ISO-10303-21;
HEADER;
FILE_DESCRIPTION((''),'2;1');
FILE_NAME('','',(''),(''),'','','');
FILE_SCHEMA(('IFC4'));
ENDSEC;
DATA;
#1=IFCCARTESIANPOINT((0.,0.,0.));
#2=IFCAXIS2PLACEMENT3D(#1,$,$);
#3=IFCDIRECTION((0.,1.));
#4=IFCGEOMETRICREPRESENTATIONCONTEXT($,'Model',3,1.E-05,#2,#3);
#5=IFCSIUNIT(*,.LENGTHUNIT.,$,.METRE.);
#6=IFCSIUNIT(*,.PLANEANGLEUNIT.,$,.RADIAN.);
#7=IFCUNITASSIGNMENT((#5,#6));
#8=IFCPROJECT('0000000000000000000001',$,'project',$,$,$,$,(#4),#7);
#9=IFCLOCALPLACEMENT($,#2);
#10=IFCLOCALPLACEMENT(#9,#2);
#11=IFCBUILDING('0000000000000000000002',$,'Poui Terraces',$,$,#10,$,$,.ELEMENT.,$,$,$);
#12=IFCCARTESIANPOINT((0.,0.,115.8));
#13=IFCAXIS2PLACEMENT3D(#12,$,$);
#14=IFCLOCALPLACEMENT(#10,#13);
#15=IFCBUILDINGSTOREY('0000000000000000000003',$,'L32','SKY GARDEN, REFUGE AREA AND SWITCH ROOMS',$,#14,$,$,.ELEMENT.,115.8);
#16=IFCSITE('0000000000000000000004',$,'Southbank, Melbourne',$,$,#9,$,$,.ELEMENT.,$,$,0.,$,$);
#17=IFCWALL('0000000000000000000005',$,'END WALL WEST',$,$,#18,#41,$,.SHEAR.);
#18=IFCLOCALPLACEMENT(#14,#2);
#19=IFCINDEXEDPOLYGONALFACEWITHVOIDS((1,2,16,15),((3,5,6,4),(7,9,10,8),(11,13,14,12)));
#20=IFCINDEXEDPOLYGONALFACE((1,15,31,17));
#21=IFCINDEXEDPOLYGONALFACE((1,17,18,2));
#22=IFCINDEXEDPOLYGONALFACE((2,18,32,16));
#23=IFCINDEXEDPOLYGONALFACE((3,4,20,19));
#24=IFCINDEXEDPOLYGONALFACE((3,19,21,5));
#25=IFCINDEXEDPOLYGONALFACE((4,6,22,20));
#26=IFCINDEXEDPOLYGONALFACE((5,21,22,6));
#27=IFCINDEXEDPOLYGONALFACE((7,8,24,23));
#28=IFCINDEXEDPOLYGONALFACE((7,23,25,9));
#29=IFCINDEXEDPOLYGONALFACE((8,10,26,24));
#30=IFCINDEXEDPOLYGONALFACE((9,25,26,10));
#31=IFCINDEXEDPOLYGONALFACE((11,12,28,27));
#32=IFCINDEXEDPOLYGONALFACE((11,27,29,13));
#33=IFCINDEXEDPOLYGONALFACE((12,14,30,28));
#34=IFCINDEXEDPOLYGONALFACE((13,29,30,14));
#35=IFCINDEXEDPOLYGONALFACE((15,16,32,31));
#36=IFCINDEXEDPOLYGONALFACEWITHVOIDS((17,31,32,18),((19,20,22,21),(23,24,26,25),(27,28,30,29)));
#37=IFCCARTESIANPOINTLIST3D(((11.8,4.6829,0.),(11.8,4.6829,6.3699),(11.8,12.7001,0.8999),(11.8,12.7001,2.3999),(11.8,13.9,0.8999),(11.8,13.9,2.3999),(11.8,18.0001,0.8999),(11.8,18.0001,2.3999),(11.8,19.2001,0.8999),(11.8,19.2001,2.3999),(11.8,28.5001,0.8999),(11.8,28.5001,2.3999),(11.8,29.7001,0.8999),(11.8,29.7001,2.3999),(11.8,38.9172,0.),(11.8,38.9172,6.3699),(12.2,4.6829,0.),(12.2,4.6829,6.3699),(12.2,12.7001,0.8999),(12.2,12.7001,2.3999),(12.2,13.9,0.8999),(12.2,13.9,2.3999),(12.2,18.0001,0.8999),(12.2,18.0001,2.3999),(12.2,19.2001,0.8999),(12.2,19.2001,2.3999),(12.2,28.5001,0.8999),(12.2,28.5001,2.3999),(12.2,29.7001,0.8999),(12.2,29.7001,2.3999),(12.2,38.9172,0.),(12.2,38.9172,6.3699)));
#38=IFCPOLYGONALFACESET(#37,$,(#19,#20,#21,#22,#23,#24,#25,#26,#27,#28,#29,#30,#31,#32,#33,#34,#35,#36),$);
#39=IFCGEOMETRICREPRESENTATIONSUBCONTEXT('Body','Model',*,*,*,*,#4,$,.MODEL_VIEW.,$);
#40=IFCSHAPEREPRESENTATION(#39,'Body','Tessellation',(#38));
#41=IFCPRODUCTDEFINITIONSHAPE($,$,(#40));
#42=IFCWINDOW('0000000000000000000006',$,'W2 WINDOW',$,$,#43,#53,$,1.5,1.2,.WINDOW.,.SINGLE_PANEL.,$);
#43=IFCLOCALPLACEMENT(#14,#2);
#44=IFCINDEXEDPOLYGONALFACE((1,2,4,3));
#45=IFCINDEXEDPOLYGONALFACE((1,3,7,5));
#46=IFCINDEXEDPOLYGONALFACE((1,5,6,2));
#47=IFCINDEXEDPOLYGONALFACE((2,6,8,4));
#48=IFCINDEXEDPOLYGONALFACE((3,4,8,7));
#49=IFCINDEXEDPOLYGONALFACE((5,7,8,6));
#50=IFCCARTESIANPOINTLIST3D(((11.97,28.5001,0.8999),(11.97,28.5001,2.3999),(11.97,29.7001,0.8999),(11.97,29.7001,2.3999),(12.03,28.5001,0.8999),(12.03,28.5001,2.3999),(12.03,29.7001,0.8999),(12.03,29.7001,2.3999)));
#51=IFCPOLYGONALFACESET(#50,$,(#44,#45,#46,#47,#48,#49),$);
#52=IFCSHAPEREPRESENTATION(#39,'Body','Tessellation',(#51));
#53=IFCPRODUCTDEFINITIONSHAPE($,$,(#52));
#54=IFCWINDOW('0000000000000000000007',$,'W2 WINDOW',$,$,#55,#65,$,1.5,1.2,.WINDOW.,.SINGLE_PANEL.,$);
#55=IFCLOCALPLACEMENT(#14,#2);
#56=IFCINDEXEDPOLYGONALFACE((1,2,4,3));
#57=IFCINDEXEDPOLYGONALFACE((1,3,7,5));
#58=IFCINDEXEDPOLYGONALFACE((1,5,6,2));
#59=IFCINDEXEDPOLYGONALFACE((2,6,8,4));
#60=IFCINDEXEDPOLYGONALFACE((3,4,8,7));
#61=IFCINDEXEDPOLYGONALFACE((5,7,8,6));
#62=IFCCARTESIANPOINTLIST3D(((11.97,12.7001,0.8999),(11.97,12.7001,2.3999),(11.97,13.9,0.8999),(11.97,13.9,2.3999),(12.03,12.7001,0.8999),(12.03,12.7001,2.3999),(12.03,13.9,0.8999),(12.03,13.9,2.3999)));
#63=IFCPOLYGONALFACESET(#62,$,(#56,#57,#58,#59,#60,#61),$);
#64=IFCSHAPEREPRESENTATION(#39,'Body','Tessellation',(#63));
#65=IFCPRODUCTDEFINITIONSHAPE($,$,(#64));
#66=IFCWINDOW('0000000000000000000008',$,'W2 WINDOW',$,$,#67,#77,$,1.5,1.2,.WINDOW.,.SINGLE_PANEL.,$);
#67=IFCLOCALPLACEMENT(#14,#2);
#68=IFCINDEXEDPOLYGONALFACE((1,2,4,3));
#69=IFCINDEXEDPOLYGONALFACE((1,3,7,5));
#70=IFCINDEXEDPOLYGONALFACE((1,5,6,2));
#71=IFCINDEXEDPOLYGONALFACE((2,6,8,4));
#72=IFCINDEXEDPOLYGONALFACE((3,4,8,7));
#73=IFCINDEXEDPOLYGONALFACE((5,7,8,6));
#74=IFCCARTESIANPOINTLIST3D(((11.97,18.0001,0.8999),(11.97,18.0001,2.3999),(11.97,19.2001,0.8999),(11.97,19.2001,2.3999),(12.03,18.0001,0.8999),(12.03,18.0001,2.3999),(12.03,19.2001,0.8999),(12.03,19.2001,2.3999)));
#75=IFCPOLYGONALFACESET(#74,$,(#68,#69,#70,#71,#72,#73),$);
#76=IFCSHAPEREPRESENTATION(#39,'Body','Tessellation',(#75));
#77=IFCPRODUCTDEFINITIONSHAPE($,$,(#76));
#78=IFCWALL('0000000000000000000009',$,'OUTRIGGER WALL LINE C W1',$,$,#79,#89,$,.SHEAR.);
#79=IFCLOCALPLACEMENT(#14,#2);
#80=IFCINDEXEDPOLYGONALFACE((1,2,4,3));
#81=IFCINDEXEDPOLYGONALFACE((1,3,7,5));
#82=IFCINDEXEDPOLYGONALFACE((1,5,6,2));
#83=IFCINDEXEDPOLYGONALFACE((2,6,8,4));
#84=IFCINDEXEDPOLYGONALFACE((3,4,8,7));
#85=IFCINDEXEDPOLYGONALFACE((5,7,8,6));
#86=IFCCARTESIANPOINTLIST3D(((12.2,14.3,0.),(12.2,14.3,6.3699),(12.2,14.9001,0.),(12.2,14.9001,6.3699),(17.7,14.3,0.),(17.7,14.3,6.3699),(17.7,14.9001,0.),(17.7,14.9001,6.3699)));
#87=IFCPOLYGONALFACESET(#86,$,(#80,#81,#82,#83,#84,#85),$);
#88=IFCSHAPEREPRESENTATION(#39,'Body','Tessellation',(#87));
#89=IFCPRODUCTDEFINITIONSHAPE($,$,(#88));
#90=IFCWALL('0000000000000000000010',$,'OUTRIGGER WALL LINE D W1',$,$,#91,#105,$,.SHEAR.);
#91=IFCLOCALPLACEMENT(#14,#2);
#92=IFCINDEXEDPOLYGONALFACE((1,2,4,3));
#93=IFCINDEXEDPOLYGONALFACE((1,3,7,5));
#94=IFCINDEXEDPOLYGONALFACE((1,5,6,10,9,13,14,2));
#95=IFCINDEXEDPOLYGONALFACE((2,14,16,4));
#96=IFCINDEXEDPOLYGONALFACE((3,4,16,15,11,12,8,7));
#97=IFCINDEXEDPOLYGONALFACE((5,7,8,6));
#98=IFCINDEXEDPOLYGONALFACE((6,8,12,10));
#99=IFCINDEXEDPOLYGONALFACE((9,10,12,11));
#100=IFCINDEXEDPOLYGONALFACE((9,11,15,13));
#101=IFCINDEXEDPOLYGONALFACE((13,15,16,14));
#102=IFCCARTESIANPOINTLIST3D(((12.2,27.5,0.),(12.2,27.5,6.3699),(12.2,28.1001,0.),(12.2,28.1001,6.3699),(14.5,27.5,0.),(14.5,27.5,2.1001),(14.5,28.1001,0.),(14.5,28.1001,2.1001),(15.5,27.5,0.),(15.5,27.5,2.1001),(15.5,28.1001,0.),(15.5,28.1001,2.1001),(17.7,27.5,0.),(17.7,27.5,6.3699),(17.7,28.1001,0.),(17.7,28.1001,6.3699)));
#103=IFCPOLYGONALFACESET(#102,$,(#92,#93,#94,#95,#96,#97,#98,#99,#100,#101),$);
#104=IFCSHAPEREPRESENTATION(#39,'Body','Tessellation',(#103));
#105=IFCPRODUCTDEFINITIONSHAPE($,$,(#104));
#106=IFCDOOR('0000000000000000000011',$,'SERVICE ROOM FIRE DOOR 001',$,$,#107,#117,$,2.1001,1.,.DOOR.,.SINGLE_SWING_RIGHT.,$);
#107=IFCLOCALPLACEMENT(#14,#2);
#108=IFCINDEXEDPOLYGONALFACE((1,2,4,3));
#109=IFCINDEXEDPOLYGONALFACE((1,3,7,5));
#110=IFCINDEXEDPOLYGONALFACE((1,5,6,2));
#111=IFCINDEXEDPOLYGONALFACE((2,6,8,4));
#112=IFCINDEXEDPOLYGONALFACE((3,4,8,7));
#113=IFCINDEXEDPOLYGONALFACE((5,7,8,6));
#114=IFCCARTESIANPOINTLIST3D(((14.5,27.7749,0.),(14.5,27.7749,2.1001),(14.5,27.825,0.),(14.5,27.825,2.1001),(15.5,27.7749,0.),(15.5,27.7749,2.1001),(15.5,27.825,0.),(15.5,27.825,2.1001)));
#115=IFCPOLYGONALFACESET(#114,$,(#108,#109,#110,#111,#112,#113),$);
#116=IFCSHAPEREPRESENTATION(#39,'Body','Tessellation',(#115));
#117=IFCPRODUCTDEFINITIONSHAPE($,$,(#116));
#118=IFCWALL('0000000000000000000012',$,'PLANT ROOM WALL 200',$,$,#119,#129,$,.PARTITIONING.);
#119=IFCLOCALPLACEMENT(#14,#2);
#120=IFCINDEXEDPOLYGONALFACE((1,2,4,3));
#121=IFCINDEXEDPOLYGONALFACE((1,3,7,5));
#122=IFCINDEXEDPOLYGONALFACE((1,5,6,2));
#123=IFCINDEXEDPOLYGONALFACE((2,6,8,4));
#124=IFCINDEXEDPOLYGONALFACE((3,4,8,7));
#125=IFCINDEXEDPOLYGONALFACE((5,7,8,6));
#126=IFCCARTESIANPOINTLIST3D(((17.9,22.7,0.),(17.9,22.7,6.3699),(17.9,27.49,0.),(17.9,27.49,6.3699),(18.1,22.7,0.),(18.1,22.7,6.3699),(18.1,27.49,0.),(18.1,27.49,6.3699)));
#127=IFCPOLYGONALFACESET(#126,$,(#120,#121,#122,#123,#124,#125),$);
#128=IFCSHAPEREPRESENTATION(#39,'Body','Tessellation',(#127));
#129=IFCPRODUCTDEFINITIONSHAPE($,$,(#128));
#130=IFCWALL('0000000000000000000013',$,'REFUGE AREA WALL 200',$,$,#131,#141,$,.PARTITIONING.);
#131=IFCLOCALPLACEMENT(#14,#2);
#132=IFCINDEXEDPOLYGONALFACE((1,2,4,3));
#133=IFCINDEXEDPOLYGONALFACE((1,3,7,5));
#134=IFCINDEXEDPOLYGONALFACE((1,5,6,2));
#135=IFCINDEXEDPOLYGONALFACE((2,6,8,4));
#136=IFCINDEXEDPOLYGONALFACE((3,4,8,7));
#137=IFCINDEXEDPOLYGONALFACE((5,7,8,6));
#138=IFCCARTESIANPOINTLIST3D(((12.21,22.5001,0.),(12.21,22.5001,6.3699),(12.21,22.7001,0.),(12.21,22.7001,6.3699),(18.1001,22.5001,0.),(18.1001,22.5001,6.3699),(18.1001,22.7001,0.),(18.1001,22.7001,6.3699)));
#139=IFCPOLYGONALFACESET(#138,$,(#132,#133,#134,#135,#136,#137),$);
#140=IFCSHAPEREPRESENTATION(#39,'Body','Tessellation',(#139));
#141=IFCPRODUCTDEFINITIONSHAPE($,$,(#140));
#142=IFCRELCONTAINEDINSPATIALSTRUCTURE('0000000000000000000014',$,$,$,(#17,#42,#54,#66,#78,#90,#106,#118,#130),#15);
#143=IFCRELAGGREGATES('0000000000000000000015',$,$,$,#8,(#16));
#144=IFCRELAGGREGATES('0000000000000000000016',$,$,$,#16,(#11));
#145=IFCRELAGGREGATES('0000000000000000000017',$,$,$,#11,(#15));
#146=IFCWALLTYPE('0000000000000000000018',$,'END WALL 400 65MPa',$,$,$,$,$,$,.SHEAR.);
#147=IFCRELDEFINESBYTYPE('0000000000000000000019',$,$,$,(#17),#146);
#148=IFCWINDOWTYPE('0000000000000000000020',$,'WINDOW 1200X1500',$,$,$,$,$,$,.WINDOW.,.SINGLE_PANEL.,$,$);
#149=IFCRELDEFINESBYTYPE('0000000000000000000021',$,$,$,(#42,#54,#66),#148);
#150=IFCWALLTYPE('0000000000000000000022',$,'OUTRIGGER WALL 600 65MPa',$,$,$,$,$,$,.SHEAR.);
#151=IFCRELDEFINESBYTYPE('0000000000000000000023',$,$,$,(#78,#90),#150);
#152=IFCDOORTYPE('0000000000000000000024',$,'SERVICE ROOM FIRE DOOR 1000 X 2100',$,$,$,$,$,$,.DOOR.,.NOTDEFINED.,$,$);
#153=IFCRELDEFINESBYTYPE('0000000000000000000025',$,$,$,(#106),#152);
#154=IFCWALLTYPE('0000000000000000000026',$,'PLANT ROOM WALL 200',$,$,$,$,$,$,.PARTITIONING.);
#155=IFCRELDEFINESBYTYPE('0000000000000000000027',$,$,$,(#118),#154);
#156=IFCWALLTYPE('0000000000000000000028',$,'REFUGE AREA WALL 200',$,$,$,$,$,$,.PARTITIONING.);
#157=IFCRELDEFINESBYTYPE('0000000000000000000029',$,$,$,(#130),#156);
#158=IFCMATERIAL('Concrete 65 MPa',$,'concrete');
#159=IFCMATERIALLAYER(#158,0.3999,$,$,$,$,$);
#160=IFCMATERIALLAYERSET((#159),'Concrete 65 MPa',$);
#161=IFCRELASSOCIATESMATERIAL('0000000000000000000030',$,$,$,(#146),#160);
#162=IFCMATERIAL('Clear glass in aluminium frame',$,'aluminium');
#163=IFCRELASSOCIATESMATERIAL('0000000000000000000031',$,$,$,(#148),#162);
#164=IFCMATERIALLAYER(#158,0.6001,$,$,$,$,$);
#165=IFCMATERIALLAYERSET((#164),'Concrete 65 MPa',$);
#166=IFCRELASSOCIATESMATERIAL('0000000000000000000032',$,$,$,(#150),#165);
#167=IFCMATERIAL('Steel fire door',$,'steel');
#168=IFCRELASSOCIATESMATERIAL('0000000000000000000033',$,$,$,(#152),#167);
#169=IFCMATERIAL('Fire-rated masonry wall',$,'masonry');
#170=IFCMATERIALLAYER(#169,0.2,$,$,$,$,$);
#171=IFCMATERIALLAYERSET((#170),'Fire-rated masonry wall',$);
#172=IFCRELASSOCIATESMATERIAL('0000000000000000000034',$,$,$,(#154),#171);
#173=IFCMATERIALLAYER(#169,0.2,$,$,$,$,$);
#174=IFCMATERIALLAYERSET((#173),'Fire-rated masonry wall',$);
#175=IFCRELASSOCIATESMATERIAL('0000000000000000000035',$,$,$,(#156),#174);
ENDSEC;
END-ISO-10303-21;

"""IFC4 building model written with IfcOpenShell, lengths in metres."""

from ifc_helpers import new_model, si_unit, direction, frame, frame_2d, origin, place, context, subcontext, project, spatial, rectangle, extrude, material, layer, layer_set, type_object, element, fill, save


model = new_model("IFC4")

# Units and contexts
model_context = context("Model", 3, precision=1e-05, world=origin(), true_north=direction((0.0, 1.0)))
body_context = subcontext(model_context, "Body", "Model", "MODEL_VIEW")
ifc_project = project(units=[si_unit("LENGTHUNIT", "METRE"), si_unit("PLANEANGLEUNIT", "RADIAN")], contexts=[model_context])

# Site, building, storey
site_placement = place(None, origin())
site = spatial("IfcSite", under=ifc_project, at=site_placement, Name="Southbank, Melbourne", CompositionType="ELEMENT", RefElevation=0.0)
building_placement = place(site_placement, origin())
building = spatial("IfcBuilding", under=site, at=building_placement, Name="Poui Terraces", CompositionType="ELEMENT")
storey_placement = place(building_placement, frame((0.0, 0.0, 115.8)))
storey = spatial("IfcBuildingStorey", under=building, at=storey_placement, Name="L32", Description="SKY GARDEN, REFUGE AREA AND SWITCH ROOMS", CompositionType="ELEMENT", Elevation=115.8)

# Shared definitions
ifc_material_1 = material(Name="Concrete 65 MPa", Category="concrete")

# Shared definitions
ifc_material_2 = material(Name="Steel fire door", Category="steel")

# Wall, openings, windows
ifc_layer_1 = layer(ifc_material_1, 0.3999)
ifc_layer_set_1 = layer_set([ifc_layer_1], Name="Concrete 65 MPa")
wall_type_1 = type_object("IfcWallType", Name="END WALL 400 65MPa", PredefinedType="SHEAR", material=ifc_layer_set_1)
wall_1_placement = place(storey_placement, frame((12.0, 4.6829, 0.0), z_axis=(0.0, 0.0, 1.0), x_axis=(0.0, 1.0, 0.0)))
wall_1 = element("IfcWall", 1, at=wall_1_placement, inside=storey, type_object=wall_type_1, Name="END WALL WEST", PredefinedType="SHEAR", context=body_context, shape_type="SweptSolid", body=[
    extrude(rectangle(XDim=34.2344, YDim=0.3999, at=frame_2d((17.1172, 0.0))), origin(), (0.0, 0.0, 1.0), 6.3699),
])
opening_1_placement = place(wall_1_placement, frame((23.8171, 0.0, 0.8999)))
opening_1 = element("IfcOpeningElement", 2, at=opening_1_placement, cuts=wall_1, PredefinedType="OPENING", context=body_context, shape_type="SweptSolid", body=[
    extrude(rectangle(XDim=1.2, YDim=1.5, at=frame_2d((0.6001, 0.75))), frame((0.0, 0.21, 0.0), z_axis=(0.0, -1.0, 0.0), x_axis=(1.0, 0.0, 0.0)), (0.0, 0.0, 1.0), 0.4199),
])
opening_2_placement = place(wall_1_placement, frame((8.0171, 0.0, 0.8999)))
opening_2 = element("IfcOpeningElement", 3, at=opening_2_placement, cuts=wall_1, PredefinedType="OPENING", context=body_context, shape_type="SweptSolid", body=[
    extrude(rectangle(XDim=1.2, YDim=1.5, at=frame_2d((0.6001, 0.75))), frame((0.0, 0.21, 0.0), z_axis=(0.0, -1.0, 0.0), x_axis=(1.0, 0.0, 0.0)), (0.0, 0.0, 1.0), 0.4199),
])
opening_3_placement = place(wall_1_placement, frame((13.3171, 0.0, 0.8999)))
opening_3 = element("IfcOpeningElement", 4, at=opening_3_placement, cuts=wall_1, PredefinedType="OPENING", context=body_context, shape_type="SweptSolid", body=[
    extrude(rectangle(XDim=1.2, YDim=1.5, at=frame_2d((0.6001, 0.75))), frame((0.0, 0.21, 0.0), z_axis=(0.0, -1.0, 0.0), x_axis=(1.0, 0.0, 0.0)), (0.0, 0.0, 1.0), 0.4199),
])
ifc_material_3 = material(Name="Clear glass in aluminium frame", Category="aluminium")
window_type = type_object("IfcWindowType", Name="WINDOW 1200X1500", PartitioningType="SINGLE_PANEL", PredefinedType="WINDOW", material=ifc_material_3)
window_1_placement = place(opening_1_placement, origin())
window_1 = element("IfcWindow", 5, at=window_1_placement, inside=storey, type_object=window_type, Name="W2 WINDOW", OverallHeight=1.5, OverallWidth=1.2, PartitioningType="SINGLE_PANEL", PredefinedType="WINDOW", context=body_context, shape_type="SweptSolid", body=[
    extrude(rectangle(XDim=1.2, YDim=1.5, at=frame_2d((0.6001, 0.75))), frame((0.0, 0.03, 0.0), z_axis=(0.0, -1.0, 0.0), x_axis=(1.0, 0.0, 0.0)), (0.0, 0.0, 1.0), 0.0601),
])
fill(opening_1, window_1)
window_2_placement = place(opening_2_placement, origin())
window_2 = element("IfcWindow", 6, at=window_2_placement, inside=storey, type_object=window_type, Name="W2 WINDOW", OverallHeight=1.5, OverallWidth=1.2, PartitioningType="SINGLE_PANEL", PredefinedType="WINDOW", context=body_context, shape_type="SweptSolid", body=[
    extrude(rectangle(XDim=1.2, YDim=1.5, at=frame_2d((0.6001, 0.75))), frame((0.0, 0.03, 0.0), z_axis=(0.0, -1.0, 0.0), x_axis=(1.0, 0.0, 0.0)), (0.0, 0.0, 1.0), 0.0601),
])
fill(opening_2, window_2)
window_3_placement = place(opening_3_placement, origin())
window_3 = element("IfcWindow", 7, at=window_3_placement, inside=storey, type_object=window_type, Name="W2 WINDOW", OverallHeight=1.5, OverallWidth=1.2, PartitioningType="SINGLE_PANEL", PredefinedType="WINDOW", context=body_context, shape_type="SweptSolid", body=[
    extrude(rectangle(XDim=1.2, YDim=1.5, at=frame_2d((0.6001, 0.75))), frame((0.0, 0.03, 0.0), z_axis=(0.0, -1.0, 0.0), x_axis=(1.0, 0.0, 0.0)), (0.0, 0.0, 1.0), 0.0601),
])
fill(opening_3, window_3)

# Wall
ifc_layer_2 = layer(ifc_material_1, 0.6001)
ifc_layer_set_2 = layer_set([ifc_layer_2], Name="Concrete 65 MPa")
wall_type_2 = type_object("IfcWallType", Name="OUTRIGGER WALL 600 65MPa", PredefinedType="SHEAR", material=ifc_layer_set_2)
wall_2_placement = place(storey_placement, frame((12.2, 14.6001, 0.0), z_axis=(0.0, 0.0, 1.0), x_axis=(1.0, 0.0, 0.0)))
element("IfcWall", 8, at=wall_2_placement, inside=storey, type_object=wall_type_2, Name="OUTRIGGER WALL LINE C W1", PredefinedType="SHEAR", context=body_context, shape_type="SweptSolid", body=[
    extrude(rectangle(XDim=5.5, YDim=0.6001, at=frame_2d((2.75, 0.0))), origin(), (0.0, 0.0, 1.0), 6.3699),
])

# Wall, opening, door
wall_3_placement = place(storey_placement, frame((12.2, 27.8, 0.0), z_axis=(0.0, 0.0, 1.0), x_axis=(1.0, 0.0, 0.0)))
wall_3 = element("IfcWall", 9, at=wall_3_placement, inside=storey, type_object=wall_type_2, Name="OUTRIGGER WALL LINE D W1", PredefinedType="SHEAR", context=body_context, shape_type="SweptSolid", body=[
    extrude(rectangle(XDim=5.5, YDim=0.6001, at=frame_2d((2.75, 0.0))), origin(), (0.0, 0.0, 1.0), 6.3699),
])
opening_4_placement = place(wall_3_placement, frame((2.3, 0.0, 0.0)))
opening_4 = element("IfcOpeningElement", 10, at=opening_4_placement, cuts=wall_3, PredefinedType="OPENING", context=body_context, shape_type="SweptSolid", body=[
    extrude(rectangle(XDim=1.0, YDim=2.1001, at=frame_2d((0.5, 1.05))), frame((0.0, 0.3101, 0.0), z_axis=(0.0, -1.0, 0.0), x_axis=(1.0, 0.0, 0.0)), (0.0, 0.0, 1.0), 0.6201),
])
door_type_1 = type_object("IfcDoorType", Name="SERVICE ROOM FIRE DOOR 1000 X 2100", OperationType="NOTDEFINED", PredefinedType="DOOR", material=ifc_material_2)
door_1_placement = place(opening_4_placement, origin())
door_1 = element("IfcDoor", 11, at=door_1_placement, inside=storey, type_object=door_type_1, Name="SERVICE ROOM FIRE DOOR 001", OperationType="SINGLE_SWING_RIGHT", OverallHeight=2.1001, OverallWidth=1.0, PredefinedType="DOOR", context=body_context, shape_type="SweptSolid", body=[
    extrude(rectangle(XDim=1.0, YDim=2.1001, at=frame_2d((0.5, 1.05))), frame((0.0, 0.0249, 0.0), z_axis=(0.0, -1.0, 0.0), x_axis=(1.0, 0.0, 0.0)), (0.0, 0.0, 1.0), 0.05),
])
fill(opening_4, door_1)

# Walls
ifc_material_4 = material(Name="Fire-rated masonry wall", Category="masonry")
ifc_layer_3 = layer(ifc_material_4, 0.2)
ifc_layer_set_3 = layer_set([ifc_layer_3], Name="Fire-rated masonry wall")
wall_type_3 = type_object("IfcWallType", Name="PLANT ROOM WALL 200", PredefinedType="PARTITIONING", material=ifc_layer_set_3)
wall_4_placement = place(storey_placement, frame((18.0, 22.7, 0.0), z_axis=(0.0, 0.0, 1.0), x_axis=(0.0, 1.0, 0.0)))
element("IfcWall", 12, at=wall_4_placement, inside=storey, type_object=wall_type_3, Name="PLANT ROOM WALL 200", PredefinedType="PARTITIONING", context=body_context, shape_type="SweptSolid", body=[
    extrude(rectangle(XDim=4.79, YDim=0.2, at=frame_2d((2.395, 0.0))), origin(), (0.0, 0.0, 1.0), 6.3699),
])
ifc_layer_4 = layer(ifc_material_4, 0.2)
ifc_layer_set_4 = layer_set([ifc_layer_4], Name="Fire-rated masonry wall")
wall_type_4 = type_object("IfcWallType", Name="REFUGE AREA WALL 200", PredefinedType="PARTITIONING", material=ifc_layer_set_4)
wall_5_placement = place(storey_placement, frame((12.21, 22.6001, 0.0), z_axis=(0.0, 0.0, 1.0), x_axis=(1.0, 0.0, 0.0)))
element("IfcWall", 13, at=wall_5_placement, inside=storey, type_object=wall_type_4, Name="REFUGE AREA WALL 200", PredefinedType="PARTITIONING", context=body_context, shape_type="SweptSolid", body=[
    extrude(rectangle(XDim=5.8901, YDim=0.2, at=frame_2d((2.9451, 0.0))), origin(), (0.0, 0.0, 1.0), 6.3699),
])

save(model, "model.ifc")
